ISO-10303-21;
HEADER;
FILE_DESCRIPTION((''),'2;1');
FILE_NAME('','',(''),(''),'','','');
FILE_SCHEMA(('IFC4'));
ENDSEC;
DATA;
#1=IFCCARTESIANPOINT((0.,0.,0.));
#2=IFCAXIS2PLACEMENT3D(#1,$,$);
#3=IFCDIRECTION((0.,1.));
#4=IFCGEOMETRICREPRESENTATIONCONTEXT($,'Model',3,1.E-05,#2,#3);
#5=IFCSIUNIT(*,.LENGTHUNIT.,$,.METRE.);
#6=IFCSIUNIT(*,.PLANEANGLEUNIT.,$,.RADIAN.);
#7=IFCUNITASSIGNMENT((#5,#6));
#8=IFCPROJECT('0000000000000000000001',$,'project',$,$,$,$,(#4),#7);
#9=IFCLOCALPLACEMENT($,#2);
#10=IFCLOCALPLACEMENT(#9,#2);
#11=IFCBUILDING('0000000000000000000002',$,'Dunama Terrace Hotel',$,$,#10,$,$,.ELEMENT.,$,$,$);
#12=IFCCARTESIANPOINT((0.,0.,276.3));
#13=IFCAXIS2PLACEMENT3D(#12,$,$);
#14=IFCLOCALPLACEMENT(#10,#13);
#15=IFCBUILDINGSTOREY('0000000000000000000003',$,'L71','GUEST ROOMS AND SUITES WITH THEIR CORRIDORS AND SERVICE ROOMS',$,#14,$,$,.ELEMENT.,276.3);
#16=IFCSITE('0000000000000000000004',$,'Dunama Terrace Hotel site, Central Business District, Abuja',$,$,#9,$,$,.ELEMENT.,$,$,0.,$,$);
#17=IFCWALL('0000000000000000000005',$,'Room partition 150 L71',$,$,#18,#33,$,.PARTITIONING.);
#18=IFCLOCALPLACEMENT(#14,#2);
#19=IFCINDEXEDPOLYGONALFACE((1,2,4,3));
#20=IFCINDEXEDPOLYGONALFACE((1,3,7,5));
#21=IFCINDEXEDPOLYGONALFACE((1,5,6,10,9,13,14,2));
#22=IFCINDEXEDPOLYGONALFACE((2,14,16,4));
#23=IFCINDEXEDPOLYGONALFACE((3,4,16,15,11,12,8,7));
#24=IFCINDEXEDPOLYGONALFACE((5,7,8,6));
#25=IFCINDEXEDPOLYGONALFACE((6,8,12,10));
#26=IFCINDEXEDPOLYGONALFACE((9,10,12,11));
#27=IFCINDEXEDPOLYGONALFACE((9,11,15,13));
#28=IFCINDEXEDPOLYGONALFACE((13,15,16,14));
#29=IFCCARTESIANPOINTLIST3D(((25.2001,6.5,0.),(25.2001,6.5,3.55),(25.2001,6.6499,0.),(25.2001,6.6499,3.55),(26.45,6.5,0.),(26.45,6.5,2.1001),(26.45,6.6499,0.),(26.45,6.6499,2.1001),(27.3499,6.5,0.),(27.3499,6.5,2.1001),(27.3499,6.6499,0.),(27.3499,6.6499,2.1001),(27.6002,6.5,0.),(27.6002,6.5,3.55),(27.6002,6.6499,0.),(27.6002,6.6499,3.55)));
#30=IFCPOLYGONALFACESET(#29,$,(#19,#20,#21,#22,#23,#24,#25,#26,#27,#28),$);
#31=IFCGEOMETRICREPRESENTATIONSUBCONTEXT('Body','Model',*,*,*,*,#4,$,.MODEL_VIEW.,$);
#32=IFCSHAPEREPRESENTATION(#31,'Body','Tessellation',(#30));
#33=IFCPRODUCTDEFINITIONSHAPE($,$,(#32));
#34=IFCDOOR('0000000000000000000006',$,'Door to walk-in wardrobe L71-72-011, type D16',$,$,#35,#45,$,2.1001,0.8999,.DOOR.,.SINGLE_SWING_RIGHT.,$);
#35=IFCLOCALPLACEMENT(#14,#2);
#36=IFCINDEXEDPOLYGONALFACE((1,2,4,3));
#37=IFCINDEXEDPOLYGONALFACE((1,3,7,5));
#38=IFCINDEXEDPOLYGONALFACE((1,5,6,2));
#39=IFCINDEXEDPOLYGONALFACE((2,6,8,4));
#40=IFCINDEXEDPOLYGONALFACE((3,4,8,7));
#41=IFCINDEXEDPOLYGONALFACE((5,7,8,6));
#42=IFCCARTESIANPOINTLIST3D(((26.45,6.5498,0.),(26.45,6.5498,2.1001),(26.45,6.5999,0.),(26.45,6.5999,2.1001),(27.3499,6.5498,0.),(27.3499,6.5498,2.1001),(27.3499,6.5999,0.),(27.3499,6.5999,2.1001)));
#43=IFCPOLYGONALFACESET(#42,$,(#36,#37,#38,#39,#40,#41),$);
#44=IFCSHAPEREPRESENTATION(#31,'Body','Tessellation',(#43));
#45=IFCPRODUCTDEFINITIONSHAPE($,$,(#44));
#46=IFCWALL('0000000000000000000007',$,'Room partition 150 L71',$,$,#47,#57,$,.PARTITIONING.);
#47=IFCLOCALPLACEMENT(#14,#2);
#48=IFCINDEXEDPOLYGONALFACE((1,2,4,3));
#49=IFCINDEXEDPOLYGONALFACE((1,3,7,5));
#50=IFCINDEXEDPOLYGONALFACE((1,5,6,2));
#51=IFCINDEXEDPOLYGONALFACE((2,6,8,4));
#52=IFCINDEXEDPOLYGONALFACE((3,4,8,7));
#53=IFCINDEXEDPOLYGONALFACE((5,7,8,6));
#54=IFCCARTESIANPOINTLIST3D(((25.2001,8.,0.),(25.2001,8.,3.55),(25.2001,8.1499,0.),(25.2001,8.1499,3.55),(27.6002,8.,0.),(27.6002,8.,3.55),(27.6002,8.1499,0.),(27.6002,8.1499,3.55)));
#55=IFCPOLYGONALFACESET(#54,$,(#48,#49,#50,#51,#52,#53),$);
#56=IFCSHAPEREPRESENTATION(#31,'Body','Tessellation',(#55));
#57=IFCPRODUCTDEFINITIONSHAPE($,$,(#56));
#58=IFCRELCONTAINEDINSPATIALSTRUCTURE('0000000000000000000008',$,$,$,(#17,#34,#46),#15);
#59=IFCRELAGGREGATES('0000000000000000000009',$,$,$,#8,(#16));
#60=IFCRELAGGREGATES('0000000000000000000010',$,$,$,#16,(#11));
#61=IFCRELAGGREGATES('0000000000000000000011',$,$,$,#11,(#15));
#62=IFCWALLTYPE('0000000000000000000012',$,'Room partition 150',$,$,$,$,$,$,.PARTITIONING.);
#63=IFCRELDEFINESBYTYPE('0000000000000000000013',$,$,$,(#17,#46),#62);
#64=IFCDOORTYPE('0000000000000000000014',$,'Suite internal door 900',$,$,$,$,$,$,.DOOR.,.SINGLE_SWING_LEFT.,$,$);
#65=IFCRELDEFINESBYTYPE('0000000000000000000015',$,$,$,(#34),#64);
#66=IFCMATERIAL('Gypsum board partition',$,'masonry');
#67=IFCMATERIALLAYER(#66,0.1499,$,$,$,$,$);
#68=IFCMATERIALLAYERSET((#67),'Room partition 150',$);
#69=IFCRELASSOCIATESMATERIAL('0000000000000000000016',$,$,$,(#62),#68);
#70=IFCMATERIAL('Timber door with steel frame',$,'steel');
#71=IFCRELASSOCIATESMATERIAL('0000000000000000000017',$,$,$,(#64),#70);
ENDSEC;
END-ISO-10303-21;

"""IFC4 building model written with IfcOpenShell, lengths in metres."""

from ifc_helpers import new_model, si_unit, direction, frame, frame_2d, origin, place, context, subcontext, project, spatial, rectangle, extrude, material, layer, layer_set, type_object, element, fill, save


model = new_model("IFC4")

# Units and contexts
model_context = context("Model", 3, precision=1e-05, world=origin(), true_north=direction((0.0, 1.0)))
body_context = subcontext(model_context, "Body", "Model", "MODEL_VIEW")
ifc_project = project(units=[si_unit("LENGTHUNIT", "METRE"), si_unit("PLANEANGLEUNIT", "RADIAN")], contexts=[model_context])

# Site, building, storey
site_placement = place(None, origin())
site = spatial("IfcSite", under=ifc_project, at=site_placement, Name="Dunama Terrace Hotel site, Central Business District, Abuja", CompositionType="ELEMENT", RefElevation=0.0)
building_placement = place(site_placement, origin())
building = spatial("IfcBuilding", under=site, at=building_placement, Name="Dunama Terrace Hotel", CompositionType="ELEMENT")
storey_placement = place(building_placement, frame((0.0, 0.0, 276.3)))
storey = spatial("IfcBuildingStorey", under=building, at=storey_placement, Name="L71", Description="GUEST ROOMS AND SUITES WITH THEIR CORRIDORS AND SERVICE ROOMS", CompositionType="ELEMENT", Elevation=276.3)

# Shared definitions
ifc_material_1 = material(Name="Gypsum board partition", Category="masonry")
ifc_layer_1 = layer(ifc_material_1, 0.1499)
ifc_layer_set_1 = layer_set([ifc_layer_1], Name="Room partition 150")
wall_type_1 = type_object("IfcWallType", Name="Room partition 150", PredefinedType="PARTITIONING", material=ifc_layer_set_1)

# Wall, opening, door
wall_1_placement = place(storey_placement, frame((25.2, 6.575, 0.0), z_axis=(0.0, 0.0, 1.0), x_axis=(1.0, 0.0, 0.0)))
wall_1 = element("IfcWall", 1, at=wall_1_placement, inside=storey, type_object=wall_type_1, Name="Room partition 150 L71", PredefinedType="PARTITIONING", context=body_context, shape_type="SweptSolid", body=[
    extrude(rectangle(XDim=2.4001, YDim=0.1499, at=frame_2d((1.2002, 0.0))), origin(), (0.0, 0.0, 1.0), 3.55),
])
opening_1_placement = place(wall_1_placement, frame((1.25, 0.0, 0.0)))
opening_1 = element("IfcOpeningElement", 2, at=opening_1_placement, cuts=wall_1, PredefinedType="OPENING", context=body_context, shape_type="SweptSolid", body=[
    extrude(rectangle(XDim=0.8999, YDim=2.1001, at=frame_2d((0.45, 1.05))), frame((0.0, 0.085, 0.0), z_axis=(0.0, -1.0, 0.0), x_axis=(1.0, 0.0, 0.0)), (0.0, 0.0, 1.0), 0.1699),
])
ifc_material_2 = material(Name="Timber door with steel frame", Category="steel")
door_type_1 = type_object("IfcDoorType", Name="Suite internal door 900", OperationType="SINGLE_SWING_LEFT", PredefinedType="DOOR", material=ifc_material_2)
door_1_placement = place(opening_1_placement, origin())
door_1 = element("IfcDoor", 3, at=door_1_placement, inside=storey, type_object=door_type_1, Name="Door to walk-in wardrobe L71-72-011, type D16", OperationType="SINGLE_SWING_RIGHT", OverallHeight=2.1001, OverallWidth=0.8999, PredefinedType="DOOR", context=body_context, shape_type="SweptSolid", body=[
    extrude(rectangle(XDim=0.8999, YDim=2.1001, at=frame_2d((0.45, 1.05))), frame((0.0, 0.0249, 0.0), z_axis=(0.0, -1.0, 0.0), x_axis=(1.0, 0.0, 0.0)), (0.0, 0.0, 1.0), 0.05),
])
fill(opening_1, door_1)

# Wall
wall_2_placement = place(storey_placement, frame((25.2, 8.075, 0.0), z_axis=(0.0, 0.0, 1.0), x_axis=(1.0, 0.0, 0.0)))
element("IfcWall", 4, at=wall_2_placement, inside=storey, type_object=wall_type_1, Name="Room partition 150 L71", PredefinedType="PARTITIONING", context=body_context, shape_type="SweptSolid", body=[
    extrude(rectangle(XDim=2.4001, YDim=0.1499, at=frame_2d((1.2002, 0.0))), origin(), (0.0, 0.0, 1.0), 3.55),
])

save(model, "model.ifc")
